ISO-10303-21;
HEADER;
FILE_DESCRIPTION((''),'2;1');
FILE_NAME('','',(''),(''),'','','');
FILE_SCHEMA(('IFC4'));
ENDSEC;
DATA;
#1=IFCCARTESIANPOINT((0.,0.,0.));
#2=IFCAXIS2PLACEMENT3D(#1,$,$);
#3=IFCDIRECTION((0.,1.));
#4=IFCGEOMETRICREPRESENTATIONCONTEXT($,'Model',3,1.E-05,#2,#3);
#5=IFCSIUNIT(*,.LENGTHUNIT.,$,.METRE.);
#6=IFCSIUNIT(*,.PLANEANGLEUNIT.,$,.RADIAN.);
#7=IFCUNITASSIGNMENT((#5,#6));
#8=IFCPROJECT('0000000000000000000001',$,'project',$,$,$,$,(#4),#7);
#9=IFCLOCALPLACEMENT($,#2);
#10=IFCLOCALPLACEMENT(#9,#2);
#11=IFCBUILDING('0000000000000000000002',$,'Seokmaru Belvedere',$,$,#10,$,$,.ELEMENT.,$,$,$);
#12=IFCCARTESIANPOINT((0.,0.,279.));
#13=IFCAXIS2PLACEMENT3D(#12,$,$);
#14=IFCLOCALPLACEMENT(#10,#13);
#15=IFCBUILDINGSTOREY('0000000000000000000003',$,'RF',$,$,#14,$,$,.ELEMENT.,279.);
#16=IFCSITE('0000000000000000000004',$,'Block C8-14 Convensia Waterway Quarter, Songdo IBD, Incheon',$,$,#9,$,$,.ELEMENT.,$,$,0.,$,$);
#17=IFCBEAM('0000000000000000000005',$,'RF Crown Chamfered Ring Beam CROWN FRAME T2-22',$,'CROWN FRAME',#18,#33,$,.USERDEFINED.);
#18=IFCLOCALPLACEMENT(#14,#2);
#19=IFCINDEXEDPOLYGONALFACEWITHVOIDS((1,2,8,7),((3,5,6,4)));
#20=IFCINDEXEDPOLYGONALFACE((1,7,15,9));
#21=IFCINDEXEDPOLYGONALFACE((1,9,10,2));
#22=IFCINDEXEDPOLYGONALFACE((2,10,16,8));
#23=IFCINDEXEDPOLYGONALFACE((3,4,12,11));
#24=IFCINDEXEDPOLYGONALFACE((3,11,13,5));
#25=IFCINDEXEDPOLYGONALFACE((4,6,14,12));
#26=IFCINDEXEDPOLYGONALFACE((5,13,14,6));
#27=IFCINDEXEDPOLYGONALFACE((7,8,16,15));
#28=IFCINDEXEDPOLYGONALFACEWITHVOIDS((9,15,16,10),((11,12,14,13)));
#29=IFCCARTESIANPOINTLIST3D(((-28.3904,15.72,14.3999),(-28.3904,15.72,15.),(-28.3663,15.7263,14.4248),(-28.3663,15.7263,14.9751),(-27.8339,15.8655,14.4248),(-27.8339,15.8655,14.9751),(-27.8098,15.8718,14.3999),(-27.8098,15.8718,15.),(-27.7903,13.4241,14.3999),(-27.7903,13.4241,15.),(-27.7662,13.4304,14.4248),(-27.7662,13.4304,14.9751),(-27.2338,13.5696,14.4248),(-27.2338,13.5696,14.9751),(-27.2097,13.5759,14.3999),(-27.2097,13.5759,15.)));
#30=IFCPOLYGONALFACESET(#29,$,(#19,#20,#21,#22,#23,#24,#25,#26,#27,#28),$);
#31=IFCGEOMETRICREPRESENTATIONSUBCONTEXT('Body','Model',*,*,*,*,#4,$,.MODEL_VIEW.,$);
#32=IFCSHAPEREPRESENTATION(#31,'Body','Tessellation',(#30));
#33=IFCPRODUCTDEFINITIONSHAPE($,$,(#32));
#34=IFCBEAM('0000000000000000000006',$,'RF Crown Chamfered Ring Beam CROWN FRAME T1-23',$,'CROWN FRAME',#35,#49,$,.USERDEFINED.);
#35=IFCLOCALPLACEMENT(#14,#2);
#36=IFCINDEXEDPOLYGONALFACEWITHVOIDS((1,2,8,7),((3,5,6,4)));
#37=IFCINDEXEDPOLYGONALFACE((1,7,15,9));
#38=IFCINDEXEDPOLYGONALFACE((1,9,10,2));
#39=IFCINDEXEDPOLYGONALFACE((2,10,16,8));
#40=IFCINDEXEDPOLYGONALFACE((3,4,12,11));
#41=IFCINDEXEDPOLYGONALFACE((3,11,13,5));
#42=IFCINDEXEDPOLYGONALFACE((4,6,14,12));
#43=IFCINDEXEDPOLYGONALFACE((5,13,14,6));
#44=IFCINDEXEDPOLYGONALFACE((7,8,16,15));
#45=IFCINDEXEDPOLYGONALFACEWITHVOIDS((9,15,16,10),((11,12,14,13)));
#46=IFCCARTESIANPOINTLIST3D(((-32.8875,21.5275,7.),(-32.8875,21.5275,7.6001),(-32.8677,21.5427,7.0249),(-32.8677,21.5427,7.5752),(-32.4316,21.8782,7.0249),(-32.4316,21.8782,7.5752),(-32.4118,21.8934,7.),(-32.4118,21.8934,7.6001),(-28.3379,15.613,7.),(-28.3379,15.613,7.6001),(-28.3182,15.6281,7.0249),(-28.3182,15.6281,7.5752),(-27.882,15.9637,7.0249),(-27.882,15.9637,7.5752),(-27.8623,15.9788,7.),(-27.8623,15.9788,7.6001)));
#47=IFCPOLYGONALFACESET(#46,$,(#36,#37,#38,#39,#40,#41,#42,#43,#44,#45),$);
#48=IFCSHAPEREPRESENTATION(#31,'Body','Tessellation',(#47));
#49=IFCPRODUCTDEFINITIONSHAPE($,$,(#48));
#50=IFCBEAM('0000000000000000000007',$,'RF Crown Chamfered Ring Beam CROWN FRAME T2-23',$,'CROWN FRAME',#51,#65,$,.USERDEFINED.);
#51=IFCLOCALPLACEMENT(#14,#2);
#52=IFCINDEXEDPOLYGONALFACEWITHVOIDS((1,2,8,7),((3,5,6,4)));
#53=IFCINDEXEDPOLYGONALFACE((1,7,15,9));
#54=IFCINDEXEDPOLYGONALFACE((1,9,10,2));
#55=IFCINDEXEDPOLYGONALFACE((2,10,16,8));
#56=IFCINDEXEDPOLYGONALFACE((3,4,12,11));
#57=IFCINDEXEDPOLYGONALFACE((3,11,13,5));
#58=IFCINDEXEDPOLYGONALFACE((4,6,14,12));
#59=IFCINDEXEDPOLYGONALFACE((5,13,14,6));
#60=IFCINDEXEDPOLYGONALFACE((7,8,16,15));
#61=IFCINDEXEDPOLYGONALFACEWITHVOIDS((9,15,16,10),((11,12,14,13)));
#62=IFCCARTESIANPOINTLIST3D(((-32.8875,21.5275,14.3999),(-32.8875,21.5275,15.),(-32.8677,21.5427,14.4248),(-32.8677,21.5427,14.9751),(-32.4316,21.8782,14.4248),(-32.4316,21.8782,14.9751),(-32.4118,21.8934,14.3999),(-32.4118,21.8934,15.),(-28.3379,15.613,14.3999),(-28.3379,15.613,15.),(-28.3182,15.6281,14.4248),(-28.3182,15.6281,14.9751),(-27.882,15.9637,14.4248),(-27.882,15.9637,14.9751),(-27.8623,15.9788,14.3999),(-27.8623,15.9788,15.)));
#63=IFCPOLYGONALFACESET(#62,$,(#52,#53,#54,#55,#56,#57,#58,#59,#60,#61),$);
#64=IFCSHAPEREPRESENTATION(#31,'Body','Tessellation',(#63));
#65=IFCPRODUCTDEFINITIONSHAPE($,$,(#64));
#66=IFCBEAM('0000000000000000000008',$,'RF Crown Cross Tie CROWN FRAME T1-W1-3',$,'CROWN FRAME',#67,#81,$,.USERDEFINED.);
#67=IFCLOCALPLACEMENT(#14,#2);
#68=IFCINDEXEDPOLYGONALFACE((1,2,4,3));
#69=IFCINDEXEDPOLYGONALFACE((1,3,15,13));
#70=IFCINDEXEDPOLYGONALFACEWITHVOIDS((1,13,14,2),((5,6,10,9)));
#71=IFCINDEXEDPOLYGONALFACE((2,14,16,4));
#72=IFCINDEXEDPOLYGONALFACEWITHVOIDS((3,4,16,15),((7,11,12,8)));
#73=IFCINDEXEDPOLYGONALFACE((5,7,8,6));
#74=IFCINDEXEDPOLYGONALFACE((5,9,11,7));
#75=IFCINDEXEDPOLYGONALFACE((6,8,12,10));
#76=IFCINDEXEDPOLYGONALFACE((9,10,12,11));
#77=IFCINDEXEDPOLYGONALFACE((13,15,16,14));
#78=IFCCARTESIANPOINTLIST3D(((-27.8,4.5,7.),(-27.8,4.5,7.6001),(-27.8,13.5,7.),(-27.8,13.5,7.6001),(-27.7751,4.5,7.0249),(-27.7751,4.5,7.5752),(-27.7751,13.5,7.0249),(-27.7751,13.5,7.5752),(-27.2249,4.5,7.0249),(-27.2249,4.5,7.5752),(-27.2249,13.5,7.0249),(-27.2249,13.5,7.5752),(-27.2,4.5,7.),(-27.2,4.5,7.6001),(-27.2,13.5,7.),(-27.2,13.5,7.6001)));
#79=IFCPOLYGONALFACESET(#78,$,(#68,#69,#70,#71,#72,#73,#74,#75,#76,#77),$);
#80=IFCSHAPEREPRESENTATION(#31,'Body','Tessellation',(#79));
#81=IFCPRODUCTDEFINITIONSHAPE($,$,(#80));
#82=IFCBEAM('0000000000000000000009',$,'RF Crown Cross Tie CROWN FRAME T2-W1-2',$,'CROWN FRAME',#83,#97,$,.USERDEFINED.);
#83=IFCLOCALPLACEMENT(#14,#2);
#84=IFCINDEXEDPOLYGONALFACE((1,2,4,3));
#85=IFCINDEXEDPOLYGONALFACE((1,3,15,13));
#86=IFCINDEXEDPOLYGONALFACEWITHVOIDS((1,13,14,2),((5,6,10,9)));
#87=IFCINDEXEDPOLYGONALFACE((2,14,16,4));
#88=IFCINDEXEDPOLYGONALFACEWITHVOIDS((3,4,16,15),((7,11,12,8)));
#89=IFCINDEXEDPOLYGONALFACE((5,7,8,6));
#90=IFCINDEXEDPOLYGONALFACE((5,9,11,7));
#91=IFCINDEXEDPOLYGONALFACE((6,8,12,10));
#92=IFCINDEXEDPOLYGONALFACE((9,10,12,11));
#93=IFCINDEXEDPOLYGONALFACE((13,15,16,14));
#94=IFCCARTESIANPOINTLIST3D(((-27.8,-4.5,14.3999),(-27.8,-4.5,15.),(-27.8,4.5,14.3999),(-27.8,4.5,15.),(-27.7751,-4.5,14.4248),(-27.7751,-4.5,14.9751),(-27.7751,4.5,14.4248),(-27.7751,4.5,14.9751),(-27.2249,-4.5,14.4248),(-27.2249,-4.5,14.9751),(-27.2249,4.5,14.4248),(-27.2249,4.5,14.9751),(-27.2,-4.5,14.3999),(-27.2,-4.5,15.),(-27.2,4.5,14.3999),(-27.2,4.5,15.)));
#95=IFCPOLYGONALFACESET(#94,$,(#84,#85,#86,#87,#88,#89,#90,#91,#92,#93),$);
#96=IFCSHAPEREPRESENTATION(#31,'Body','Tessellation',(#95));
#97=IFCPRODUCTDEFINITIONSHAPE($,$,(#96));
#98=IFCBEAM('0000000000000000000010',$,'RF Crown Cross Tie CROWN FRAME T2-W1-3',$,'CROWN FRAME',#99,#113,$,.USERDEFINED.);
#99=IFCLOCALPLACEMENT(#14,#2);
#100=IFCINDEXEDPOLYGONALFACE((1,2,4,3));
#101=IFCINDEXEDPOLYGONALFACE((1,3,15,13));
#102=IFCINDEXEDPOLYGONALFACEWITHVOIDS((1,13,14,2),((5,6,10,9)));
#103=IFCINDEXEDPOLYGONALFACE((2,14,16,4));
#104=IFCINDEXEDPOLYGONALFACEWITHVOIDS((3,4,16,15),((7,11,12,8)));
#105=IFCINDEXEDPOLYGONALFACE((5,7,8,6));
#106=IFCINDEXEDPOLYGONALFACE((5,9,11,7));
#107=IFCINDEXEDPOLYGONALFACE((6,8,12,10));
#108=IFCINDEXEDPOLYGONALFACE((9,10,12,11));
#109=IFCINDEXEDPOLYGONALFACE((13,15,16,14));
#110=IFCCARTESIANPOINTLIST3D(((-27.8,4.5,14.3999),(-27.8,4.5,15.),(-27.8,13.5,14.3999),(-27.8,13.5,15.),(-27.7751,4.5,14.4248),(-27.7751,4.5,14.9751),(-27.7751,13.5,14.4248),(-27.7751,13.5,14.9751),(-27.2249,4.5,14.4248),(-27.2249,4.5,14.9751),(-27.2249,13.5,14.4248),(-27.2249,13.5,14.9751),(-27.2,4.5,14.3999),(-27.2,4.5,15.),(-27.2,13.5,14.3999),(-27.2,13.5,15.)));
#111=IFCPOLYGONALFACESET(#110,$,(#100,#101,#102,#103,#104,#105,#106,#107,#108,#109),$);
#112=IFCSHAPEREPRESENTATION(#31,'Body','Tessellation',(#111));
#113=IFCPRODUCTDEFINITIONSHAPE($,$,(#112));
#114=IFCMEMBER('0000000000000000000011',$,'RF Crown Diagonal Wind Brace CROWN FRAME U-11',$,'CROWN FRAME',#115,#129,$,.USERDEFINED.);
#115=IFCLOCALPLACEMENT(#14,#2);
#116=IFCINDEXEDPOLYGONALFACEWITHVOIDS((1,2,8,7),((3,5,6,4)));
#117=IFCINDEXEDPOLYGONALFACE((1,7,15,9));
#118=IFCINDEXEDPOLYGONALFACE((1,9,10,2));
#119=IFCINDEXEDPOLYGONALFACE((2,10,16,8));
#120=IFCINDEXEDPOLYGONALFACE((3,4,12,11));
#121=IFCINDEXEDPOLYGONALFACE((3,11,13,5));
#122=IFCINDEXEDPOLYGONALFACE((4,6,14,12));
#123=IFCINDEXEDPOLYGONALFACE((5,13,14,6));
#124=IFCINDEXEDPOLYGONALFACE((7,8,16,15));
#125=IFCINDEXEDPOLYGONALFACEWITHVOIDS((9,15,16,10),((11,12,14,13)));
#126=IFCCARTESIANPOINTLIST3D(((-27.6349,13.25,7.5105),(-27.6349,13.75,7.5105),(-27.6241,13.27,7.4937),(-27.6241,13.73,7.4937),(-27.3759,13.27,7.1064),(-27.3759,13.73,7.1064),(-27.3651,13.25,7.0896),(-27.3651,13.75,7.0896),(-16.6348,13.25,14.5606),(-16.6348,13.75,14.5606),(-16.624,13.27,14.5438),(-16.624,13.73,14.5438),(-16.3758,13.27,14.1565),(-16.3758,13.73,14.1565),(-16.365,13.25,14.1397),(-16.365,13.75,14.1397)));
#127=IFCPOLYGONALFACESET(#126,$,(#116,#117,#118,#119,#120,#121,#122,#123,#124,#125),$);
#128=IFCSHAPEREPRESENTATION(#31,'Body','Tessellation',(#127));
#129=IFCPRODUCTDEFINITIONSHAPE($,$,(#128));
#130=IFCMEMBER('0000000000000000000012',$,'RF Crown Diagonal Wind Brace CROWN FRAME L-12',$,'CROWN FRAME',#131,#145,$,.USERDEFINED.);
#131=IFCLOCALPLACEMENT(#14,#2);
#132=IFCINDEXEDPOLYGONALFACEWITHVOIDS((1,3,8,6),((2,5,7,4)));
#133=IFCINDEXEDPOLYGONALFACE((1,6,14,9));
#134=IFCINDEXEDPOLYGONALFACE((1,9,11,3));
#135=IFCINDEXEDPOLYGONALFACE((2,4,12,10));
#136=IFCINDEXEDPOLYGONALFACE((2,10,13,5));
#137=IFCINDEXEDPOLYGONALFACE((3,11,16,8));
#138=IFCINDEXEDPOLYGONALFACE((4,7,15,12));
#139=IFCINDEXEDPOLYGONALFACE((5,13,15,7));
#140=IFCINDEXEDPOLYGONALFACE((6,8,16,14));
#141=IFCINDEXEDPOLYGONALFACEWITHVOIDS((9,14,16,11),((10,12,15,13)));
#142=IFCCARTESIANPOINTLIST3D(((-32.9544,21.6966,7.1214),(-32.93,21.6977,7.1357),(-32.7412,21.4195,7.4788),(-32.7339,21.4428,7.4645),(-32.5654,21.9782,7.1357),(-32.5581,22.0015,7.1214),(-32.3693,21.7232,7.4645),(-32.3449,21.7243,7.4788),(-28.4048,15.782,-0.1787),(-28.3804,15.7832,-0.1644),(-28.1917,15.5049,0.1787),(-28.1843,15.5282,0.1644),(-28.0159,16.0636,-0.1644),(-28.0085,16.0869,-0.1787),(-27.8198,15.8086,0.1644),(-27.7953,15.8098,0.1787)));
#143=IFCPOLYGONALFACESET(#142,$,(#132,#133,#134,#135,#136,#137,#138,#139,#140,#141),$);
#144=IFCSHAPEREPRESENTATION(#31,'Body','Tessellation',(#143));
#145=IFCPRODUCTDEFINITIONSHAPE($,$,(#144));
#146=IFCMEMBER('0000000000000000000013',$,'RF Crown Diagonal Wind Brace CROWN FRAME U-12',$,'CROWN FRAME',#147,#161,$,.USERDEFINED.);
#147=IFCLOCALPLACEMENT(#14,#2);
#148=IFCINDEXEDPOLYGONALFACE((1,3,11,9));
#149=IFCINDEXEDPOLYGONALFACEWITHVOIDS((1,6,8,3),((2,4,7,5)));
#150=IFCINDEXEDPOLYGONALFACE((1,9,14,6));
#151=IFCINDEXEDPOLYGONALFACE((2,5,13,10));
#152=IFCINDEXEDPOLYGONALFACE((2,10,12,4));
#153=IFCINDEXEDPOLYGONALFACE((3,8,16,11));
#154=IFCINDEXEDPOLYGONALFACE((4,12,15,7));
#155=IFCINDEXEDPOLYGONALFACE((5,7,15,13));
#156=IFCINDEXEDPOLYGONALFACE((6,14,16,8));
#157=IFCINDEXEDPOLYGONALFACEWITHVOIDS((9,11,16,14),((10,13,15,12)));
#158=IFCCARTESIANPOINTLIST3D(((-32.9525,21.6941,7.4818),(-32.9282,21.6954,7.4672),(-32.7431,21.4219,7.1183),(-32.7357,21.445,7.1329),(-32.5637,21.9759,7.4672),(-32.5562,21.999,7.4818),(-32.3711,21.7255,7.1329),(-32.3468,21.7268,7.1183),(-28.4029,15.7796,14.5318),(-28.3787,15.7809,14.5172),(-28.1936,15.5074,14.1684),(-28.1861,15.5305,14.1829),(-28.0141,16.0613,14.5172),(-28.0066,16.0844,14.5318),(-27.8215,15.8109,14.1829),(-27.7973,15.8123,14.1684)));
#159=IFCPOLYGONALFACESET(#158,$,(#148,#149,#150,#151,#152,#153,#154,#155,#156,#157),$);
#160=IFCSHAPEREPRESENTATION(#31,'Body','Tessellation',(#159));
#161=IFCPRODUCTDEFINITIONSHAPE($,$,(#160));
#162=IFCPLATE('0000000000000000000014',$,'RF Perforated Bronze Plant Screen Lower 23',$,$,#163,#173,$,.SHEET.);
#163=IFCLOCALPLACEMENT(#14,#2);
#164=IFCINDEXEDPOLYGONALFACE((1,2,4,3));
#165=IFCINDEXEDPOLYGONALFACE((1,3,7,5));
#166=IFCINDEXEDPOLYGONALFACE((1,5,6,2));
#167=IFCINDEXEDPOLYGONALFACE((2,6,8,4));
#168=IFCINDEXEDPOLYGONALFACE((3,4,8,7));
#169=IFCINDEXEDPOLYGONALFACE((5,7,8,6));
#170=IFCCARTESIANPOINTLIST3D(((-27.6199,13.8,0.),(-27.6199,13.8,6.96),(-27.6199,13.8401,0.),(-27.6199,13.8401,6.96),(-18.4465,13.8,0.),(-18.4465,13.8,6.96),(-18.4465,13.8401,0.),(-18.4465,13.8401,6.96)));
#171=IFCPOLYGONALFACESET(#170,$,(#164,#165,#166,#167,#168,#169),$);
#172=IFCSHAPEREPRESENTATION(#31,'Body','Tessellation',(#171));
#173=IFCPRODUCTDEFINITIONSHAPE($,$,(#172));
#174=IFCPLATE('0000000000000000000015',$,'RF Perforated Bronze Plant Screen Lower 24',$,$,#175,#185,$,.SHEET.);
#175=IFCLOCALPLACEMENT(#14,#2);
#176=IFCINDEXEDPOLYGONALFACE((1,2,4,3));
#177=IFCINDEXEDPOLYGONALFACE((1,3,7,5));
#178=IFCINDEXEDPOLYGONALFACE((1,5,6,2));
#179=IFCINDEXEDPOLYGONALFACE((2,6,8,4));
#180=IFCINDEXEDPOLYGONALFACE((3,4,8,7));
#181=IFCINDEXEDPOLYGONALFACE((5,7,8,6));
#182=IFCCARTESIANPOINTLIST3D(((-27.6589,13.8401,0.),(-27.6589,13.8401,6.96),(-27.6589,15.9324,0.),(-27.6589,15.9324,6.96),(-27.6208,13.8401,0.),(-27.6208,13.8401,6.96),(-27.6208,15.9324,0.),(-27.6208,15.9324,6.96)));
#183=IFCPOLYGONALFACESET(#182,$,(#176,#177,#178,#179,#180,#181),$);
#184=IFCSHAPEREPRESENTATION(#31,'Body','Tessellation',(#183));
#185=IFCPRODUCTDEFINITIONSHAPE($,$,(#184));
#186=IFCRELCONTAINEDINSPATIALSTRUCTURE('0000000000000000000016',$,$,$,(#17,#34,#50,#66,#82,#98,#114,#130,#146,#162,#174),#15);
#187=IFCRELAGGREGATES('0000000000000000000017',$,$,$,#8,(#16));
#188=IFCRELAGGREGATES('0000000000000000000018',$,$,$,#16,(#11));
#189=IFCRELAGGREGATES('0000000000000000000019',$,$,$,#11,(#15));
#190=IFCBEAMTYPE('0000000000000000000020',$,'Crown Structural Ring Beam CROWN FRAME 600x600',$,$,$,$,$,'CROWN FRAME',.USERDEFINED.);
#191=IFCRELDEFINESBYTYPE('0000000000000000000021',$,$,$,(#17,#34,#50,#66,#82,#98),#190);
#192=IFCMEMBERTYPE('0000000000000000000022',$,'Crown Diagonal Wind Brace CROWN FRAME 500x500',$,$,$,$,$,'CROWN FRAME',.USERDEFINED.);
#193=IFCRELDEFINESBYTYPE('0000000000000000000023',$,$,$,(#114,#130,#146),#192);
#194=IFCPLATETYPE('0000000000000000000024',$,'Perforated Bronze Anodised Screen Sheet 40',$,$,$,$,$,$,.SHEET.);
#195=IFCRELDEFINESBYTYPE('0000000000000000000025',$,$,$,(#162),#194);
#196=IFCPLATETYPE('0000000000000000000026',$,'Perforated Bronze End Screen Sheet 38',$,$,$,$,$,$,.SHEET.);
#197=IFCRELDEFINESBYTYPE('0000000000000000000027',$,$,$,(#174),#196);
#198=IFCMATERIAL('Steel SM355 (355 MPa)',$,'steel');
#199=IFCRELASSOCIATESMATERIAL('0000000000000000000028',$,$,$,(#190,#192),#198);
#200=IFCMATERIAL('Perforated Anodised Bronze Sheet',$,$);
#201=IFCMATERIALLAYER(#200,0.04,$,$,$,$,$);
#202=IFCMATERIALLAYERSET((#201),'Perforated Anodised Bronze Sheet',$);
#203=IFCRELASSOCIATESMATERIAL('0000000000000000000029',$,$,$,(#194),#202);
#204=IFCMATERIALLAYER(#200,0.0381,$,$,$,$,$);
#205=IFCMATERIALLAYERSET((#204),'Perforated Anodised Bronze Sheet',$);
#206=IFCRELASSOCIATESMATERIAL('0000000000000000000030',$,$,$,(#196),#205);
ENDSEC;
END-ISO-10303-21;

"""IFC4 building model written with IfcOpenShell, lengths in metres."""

from ifc_helpers import new_model, si_unit, direction, frame, origin, origin_2d, place, context, subcontext, project, spatial, rectangle, hollow_rectangle, extrude, source, transform, mapped, material, layer, layer_set, material_profile, profile_set, type_object, type_shapes, element, save


model = new_model("IFC4")

# Units and contexts
model_context = context("Model", 3, precision=1e-05, world=origin(), true_north=direction((0.0, 1.0)))
body_context = subcontext(model_context, "Body", "Model", "MODEL_VIEW")
ifc_project = project(units=[si_unit("LENGTHUNIT", "METRE"), si_unit("PLANEANGLEUNIT", "RADIAN")], contexts=[model_context])

# Site, building, storey
site_placement = place(None, origin())
site = spatial("IfcSite", under=ifc_project, at=site_placement, Name="Block C8-14 Convensia Waterway Quarter, Songdo IBD, Incheon", CompositionType="ELEMENT", RefElevation=0.0)
building_placement = place(site_placement, origin())
building = spatial("IfcBuilding", under=site, at=building_placement, Name="Seokmaru Belvedere", CompositionType="ELEMENT")
storey_placement = place(building_placement, frame((0.0, 0.0, 279.0)))
storey = spatial("IfcBuildingStorey", under=building, at=storey_placement, Name="RF", CompositionType="ELEMENT", Elevation=279.0)

# Shared definitions
ifc_material_1 = material(Name="Steel SM355 (355 MPa)", Category="steel")

# Beams
ifc_material_profile_1 = material_profile(ifc_material_1, hollow_rectangle(XDim=0.6001, YDim=0.6001, WallThickness=0.0249, at=origin_2d()), Name="HSS-600x600x25")
ifc_profile_set_1 = profile_set([ifc_material_profile_1], Name="Steel SM355 (355 MPa)")
beam_type_1 = type_object("IfcBeamType", Name="Crown Structural Ring Beam CROWN FRAME 600x600", ElementType="CROWN FRAME", PredefinedType="USERDEFINED", material=ifc_profile_set_1)
shared_shape_1 = source(origin(), body_context, "Body", "SweptSolid", [
    extrude(hollow_rectangle(XDim=0.6001, YDim=0.6001, WallThickness=0.0249, at=origin_2d()), origin(), (0.0, 0.0, 1.0), 2.373),
])
for number, where, z_axis, x_axis, name in (
    (1, (-27.5, 13.5, 14.7), (-0.252883, 0.967497, 0.0), (-0.967497, -0.252883, 0.0), "RF Crown Chamfered Ring Beam CROWN FRAME T2-22"),
):
    element("IfcBeam", number, at=place(storey_placement, frame(where, z_axis=z_axis, x_axis=x_axis)), inside=storey, type_object=beam_type_1, Name=name, ObjectType="CROWN FRAME", PredefinedType="USERDEFINED", context=body_context, shape_type="MappedRepresentation", body=[
        mapped(shared_shape_1, transform((0.0, 0.0, 0.0), scale=1.0)),
    ])
shared_shape_2 = source(origin(), body_context, "Body", "SweptSolid", [
    extrude(hollow_rectangle(XDim=0.6001, YDim=0.6001, WallThickness=0.0249, at=origin_2d()), origin(), (0.0, 0.0, 1.0), 7.4619),
])
for number, where, z_axis, x_axis, name in (
    (2, (-28.1001, 15.7959, 7.3), (-0.609703, 0.79263, 0.0), (-0.79263, -0.609703, 0.0), "RF Crown Chamfered Ring Beam CROWN FRAME T1-23"),
    (3, (-28.1001, 15.7959, 14.7), (-0.609703, 0.79263, 0.0), (-0.79263, -0.609703, 0.0), "RF Crown Chamfered Ring Beam CROWN FRAME T2-23"),
):
    element("IfcBeam", number, at=place(storey_placement, frame(where, z_axis=z_axis, x_axis=x_axis)), inside=storey, type_object=beam_type_1, Name=name, ObjectType="CROWN FRAME", PredefinedType="USERDEFINED", context=body_context, shape_type="MappedRepresentation", body=[
        mapped(shared_shape_2, transform((0.0, 0.0, 0.0), scale=1.0)),
    ])
shared_shape_3 = source(origin(), body_context, "Body", "SweptSolid", [
    extrude(hollow_rectangle(XDim=0.6001, YDim=0.6001, WallThickness=0.0249, at=origin_2d()), origin(), (0.0, 0.0, 1.0), 9.0),
])
type_shapes(beam_type_1, [shared_shape_1, shared_shape_2, shared_shape_3])
for number, where, z_axis, x_axis, name in (
    (4, (-27.5, 4.5, 7.3), (0.0, 1.0, 0.0), (-1.0, 0.0, 0.0), "RF Crown Cross Tie CROWN FRAME T1-W1-3"),
    (5, (-27.5, -4.5, 14.7), (0.0, 1.0, 0.0), (-1.0, 0.0, 0.0), "RF Crown Cross Tie CROWN FRAME T2-W1-2"),
    (6, (-27.5, 4.5, 14.7), (0.0, 1.0, 0.0), (-1.0, 0.0, 0.0), "RF Crown Cross Tie CROWN FRAME T2-W1-3"),
):
    element("IfcBeam", number, at=place(storey_placement, frame(where, z_axis=z_axis, x_axis=x_axis)), inside=storey, type_object=beam_type_1, Name=name, ObjectType="CROWN FRAME", PredefinedType="USERDEFINED", context=body_context, shape_type="MappedRepresentation", body=[
        mapped(shared_shape_3, transform((0.0, 0.0, 0.0), scale=1.0)),
    ])

# Members
ifc_material_profile_2 = material_profile(ifc_material_1, hollow_rectangle(XDim=0.5, YDim=0.5, WallThickness=0.02, at=origin_2d()), Name="HSS-500x500x20")
ifc_profile_set_2 = profile_set([ifc_material_profile_2], Name="Steel SM355 (355 MPa)")
member_type = type_object("IfcMemberType", Name="Crown Diagonal Wind Brace CROWN FRAME 500x500", ElementType="CROWN FRAME", PredefinedType="USERDEFINED", material=ifc_profile_set_2)
shared_shape_4 = source(origin(), body_context, "Body", "SweptSolid", [
    extrude(hollow_rectangle(XDim=0.5, YDim=0.5, WallThickness=0.02, at=origin_2d()), origin(), (0.0, 0.0, 1.0), 13.0654),
])
member_1_placement = place(storey_placement, frame((-27.5, 13.5, 7.3), z_axis=(0.841922, 0.0, 0.539599), x_axis=(0.0, 1.0, 0.0)))
element("IfcMember", 7, at=member_1_placement, inside=storey, type_object=member_type, Name="RF Crown Diagonal Wind Brace CROWN FRAME U-11", ObjectType="CROWN FRAME", PredefinedType="USERDEFINED", context=body_context, shape_type="MappedRepresentation", body=[
    mapped(shared_shape_4, transform((0.0, 0.0, 0.0), scale=1.0)),
])
shared_shape_5 = source(origin(), body_context, "Body", "SweptSolid", [
    extrude(hollow_rectangle(XDim=0.5, YDim=0.5, WallThickness=0.02, at=origin_2d()), origin(), (0.0, 0.0, 1.0), 10.439),
])
member_2_placement = place(storey_placement, frame((-28.1001, 15.7959, 0.0), z_axis=(-0.435827, 0.566586, 0.69931), x_axis=(-0.79263, -0.609703, 0.0)))
element("IfcMember", 8, at=member_2_placement, inside=storey, type_object=member_type, Name="RF Crown Diagonal Wind Brace CROWN FRAME L-12", ObjectType="CROWN FRAME", PredefinedType="USERDEFINED", context=body_context, shape_type="MappedRepresentation", body=[
    mapped(shared_shape_5, transform((0.0, 0.0, 0.0), scale=1.0)),
])
shared_shape_6 = source(origin(), body_context, "Body", "SweptSolid", [
    extrude(hollow_rectangle(XDim=0.5, YDim=0.5, WallThickness=0.02, at=origin_2d()), origin(), (0.0, 0.0, 1.0), 10.2656),
])
type_shapes(member_type, [shared_shape_4, shared_shape_5, shared_shape_6])
member_3_placement = place(storey_placement, frame((-32.6497, 21.7104, 7.3), z_axis=(0.443183, -0.57615, 0.686761), x_axis=(0.79263, 0.609703, 0.0)))
element("IfcMember", 9, at=member_3_placement, inside=storey, type_object=member_type, Name="RF Crown Diagonal Wind Brace CROWN FRAME U-12", ObjectType="CROWN FRAME", PredefinedType="USERDEFINED", context=body_context, shape_type="MappedRepresentation", body=[
    mapped(shared_shape_6, transform((0.0, 0.0, 0.0), scale=1.0)),
])

# Plates
ifc_material_2 = material(Name="Perforated Anodised Bronze Sheet")
ifc_layer_1 = layer(ifc_material_2, 0.04)
ifc_layer_set_1 = layer_set([ifc_layer_1], Name="Perforated Anodised Bronze Sheet")
plate_type_1 = type_object("IfcPlateType", Name="Perforated Bronze Anodised Screen Sheet 40", PredefinedType="SHEET", material=ifc_layer_set_1)
shared_shape_7 = source(origin(), body_context, "Body", "SweptSolid", [
    extrude(rectangle(XDim=9.1733, YDim=0.04, at=origin_2d()), origin(), (0.0, 0.0, 1.0), 6.96),
])
plate_1_placement = place(storey_placement, frame((-23.0332, 13.8201, 0.0), z_axis=(0.0, 0.0, 1.0), x_axis=(-1.0, 0.0, 0.0)))
element("IfcPlate", 10, at=plate_1_placement, inside=storey, type_object=plate_type_1, Name="RF Perforated Bronze Plant Screen Lower 23", PredefinedType="SHEET", context=body_context, shape_type="MappedRepresentation", body=[
    mapped(shared_shape_7, transform((0.0, 0.0, 0.0), scale=1.0)),
])
ifc_layer_2 = layer(ifc_material_2, 0.0381)
ifc_layer_set_2 = layer_set([ifc_layer_2], Name="Perforated Anodised Bronze Sheet")
plate_type_2 = type_object("IfcPlateType", Name="Perforated Bronze End Screen Sheet 38", PredefinedType="SHEET", material=ifc_layer_set_2)
shared_shape_8 = source(origin(), body_context, "Body", "SweptSolid", [
    extrude(rectangle(XDim=2.0923, YDim=0.0381, at=origin_2d()), origin(), (0.0, 0.0, 1.0), 6.96),
])
plate_2_placement = place(storey_placement, frame((-27.6399, 14.8862, 0.0), z_axis=(0.0, 0.0, 1.0), x_axis=(0.0, 1.0, 0.0)))
element("IfcPlate", 11, at=plate_2_placement, inside=storey, type_object=plate_type_2, Name="RF Perforated Bronze Plant Screen Lower 24", PredefinedType="SHEET", context=body_context, shape_type="MappedRepresentation", body=[
    mapped(shared_shape_8, transform((0.0, 0.0, 0.0), scale=1.0)),
])

save(model, "model.ifc")
